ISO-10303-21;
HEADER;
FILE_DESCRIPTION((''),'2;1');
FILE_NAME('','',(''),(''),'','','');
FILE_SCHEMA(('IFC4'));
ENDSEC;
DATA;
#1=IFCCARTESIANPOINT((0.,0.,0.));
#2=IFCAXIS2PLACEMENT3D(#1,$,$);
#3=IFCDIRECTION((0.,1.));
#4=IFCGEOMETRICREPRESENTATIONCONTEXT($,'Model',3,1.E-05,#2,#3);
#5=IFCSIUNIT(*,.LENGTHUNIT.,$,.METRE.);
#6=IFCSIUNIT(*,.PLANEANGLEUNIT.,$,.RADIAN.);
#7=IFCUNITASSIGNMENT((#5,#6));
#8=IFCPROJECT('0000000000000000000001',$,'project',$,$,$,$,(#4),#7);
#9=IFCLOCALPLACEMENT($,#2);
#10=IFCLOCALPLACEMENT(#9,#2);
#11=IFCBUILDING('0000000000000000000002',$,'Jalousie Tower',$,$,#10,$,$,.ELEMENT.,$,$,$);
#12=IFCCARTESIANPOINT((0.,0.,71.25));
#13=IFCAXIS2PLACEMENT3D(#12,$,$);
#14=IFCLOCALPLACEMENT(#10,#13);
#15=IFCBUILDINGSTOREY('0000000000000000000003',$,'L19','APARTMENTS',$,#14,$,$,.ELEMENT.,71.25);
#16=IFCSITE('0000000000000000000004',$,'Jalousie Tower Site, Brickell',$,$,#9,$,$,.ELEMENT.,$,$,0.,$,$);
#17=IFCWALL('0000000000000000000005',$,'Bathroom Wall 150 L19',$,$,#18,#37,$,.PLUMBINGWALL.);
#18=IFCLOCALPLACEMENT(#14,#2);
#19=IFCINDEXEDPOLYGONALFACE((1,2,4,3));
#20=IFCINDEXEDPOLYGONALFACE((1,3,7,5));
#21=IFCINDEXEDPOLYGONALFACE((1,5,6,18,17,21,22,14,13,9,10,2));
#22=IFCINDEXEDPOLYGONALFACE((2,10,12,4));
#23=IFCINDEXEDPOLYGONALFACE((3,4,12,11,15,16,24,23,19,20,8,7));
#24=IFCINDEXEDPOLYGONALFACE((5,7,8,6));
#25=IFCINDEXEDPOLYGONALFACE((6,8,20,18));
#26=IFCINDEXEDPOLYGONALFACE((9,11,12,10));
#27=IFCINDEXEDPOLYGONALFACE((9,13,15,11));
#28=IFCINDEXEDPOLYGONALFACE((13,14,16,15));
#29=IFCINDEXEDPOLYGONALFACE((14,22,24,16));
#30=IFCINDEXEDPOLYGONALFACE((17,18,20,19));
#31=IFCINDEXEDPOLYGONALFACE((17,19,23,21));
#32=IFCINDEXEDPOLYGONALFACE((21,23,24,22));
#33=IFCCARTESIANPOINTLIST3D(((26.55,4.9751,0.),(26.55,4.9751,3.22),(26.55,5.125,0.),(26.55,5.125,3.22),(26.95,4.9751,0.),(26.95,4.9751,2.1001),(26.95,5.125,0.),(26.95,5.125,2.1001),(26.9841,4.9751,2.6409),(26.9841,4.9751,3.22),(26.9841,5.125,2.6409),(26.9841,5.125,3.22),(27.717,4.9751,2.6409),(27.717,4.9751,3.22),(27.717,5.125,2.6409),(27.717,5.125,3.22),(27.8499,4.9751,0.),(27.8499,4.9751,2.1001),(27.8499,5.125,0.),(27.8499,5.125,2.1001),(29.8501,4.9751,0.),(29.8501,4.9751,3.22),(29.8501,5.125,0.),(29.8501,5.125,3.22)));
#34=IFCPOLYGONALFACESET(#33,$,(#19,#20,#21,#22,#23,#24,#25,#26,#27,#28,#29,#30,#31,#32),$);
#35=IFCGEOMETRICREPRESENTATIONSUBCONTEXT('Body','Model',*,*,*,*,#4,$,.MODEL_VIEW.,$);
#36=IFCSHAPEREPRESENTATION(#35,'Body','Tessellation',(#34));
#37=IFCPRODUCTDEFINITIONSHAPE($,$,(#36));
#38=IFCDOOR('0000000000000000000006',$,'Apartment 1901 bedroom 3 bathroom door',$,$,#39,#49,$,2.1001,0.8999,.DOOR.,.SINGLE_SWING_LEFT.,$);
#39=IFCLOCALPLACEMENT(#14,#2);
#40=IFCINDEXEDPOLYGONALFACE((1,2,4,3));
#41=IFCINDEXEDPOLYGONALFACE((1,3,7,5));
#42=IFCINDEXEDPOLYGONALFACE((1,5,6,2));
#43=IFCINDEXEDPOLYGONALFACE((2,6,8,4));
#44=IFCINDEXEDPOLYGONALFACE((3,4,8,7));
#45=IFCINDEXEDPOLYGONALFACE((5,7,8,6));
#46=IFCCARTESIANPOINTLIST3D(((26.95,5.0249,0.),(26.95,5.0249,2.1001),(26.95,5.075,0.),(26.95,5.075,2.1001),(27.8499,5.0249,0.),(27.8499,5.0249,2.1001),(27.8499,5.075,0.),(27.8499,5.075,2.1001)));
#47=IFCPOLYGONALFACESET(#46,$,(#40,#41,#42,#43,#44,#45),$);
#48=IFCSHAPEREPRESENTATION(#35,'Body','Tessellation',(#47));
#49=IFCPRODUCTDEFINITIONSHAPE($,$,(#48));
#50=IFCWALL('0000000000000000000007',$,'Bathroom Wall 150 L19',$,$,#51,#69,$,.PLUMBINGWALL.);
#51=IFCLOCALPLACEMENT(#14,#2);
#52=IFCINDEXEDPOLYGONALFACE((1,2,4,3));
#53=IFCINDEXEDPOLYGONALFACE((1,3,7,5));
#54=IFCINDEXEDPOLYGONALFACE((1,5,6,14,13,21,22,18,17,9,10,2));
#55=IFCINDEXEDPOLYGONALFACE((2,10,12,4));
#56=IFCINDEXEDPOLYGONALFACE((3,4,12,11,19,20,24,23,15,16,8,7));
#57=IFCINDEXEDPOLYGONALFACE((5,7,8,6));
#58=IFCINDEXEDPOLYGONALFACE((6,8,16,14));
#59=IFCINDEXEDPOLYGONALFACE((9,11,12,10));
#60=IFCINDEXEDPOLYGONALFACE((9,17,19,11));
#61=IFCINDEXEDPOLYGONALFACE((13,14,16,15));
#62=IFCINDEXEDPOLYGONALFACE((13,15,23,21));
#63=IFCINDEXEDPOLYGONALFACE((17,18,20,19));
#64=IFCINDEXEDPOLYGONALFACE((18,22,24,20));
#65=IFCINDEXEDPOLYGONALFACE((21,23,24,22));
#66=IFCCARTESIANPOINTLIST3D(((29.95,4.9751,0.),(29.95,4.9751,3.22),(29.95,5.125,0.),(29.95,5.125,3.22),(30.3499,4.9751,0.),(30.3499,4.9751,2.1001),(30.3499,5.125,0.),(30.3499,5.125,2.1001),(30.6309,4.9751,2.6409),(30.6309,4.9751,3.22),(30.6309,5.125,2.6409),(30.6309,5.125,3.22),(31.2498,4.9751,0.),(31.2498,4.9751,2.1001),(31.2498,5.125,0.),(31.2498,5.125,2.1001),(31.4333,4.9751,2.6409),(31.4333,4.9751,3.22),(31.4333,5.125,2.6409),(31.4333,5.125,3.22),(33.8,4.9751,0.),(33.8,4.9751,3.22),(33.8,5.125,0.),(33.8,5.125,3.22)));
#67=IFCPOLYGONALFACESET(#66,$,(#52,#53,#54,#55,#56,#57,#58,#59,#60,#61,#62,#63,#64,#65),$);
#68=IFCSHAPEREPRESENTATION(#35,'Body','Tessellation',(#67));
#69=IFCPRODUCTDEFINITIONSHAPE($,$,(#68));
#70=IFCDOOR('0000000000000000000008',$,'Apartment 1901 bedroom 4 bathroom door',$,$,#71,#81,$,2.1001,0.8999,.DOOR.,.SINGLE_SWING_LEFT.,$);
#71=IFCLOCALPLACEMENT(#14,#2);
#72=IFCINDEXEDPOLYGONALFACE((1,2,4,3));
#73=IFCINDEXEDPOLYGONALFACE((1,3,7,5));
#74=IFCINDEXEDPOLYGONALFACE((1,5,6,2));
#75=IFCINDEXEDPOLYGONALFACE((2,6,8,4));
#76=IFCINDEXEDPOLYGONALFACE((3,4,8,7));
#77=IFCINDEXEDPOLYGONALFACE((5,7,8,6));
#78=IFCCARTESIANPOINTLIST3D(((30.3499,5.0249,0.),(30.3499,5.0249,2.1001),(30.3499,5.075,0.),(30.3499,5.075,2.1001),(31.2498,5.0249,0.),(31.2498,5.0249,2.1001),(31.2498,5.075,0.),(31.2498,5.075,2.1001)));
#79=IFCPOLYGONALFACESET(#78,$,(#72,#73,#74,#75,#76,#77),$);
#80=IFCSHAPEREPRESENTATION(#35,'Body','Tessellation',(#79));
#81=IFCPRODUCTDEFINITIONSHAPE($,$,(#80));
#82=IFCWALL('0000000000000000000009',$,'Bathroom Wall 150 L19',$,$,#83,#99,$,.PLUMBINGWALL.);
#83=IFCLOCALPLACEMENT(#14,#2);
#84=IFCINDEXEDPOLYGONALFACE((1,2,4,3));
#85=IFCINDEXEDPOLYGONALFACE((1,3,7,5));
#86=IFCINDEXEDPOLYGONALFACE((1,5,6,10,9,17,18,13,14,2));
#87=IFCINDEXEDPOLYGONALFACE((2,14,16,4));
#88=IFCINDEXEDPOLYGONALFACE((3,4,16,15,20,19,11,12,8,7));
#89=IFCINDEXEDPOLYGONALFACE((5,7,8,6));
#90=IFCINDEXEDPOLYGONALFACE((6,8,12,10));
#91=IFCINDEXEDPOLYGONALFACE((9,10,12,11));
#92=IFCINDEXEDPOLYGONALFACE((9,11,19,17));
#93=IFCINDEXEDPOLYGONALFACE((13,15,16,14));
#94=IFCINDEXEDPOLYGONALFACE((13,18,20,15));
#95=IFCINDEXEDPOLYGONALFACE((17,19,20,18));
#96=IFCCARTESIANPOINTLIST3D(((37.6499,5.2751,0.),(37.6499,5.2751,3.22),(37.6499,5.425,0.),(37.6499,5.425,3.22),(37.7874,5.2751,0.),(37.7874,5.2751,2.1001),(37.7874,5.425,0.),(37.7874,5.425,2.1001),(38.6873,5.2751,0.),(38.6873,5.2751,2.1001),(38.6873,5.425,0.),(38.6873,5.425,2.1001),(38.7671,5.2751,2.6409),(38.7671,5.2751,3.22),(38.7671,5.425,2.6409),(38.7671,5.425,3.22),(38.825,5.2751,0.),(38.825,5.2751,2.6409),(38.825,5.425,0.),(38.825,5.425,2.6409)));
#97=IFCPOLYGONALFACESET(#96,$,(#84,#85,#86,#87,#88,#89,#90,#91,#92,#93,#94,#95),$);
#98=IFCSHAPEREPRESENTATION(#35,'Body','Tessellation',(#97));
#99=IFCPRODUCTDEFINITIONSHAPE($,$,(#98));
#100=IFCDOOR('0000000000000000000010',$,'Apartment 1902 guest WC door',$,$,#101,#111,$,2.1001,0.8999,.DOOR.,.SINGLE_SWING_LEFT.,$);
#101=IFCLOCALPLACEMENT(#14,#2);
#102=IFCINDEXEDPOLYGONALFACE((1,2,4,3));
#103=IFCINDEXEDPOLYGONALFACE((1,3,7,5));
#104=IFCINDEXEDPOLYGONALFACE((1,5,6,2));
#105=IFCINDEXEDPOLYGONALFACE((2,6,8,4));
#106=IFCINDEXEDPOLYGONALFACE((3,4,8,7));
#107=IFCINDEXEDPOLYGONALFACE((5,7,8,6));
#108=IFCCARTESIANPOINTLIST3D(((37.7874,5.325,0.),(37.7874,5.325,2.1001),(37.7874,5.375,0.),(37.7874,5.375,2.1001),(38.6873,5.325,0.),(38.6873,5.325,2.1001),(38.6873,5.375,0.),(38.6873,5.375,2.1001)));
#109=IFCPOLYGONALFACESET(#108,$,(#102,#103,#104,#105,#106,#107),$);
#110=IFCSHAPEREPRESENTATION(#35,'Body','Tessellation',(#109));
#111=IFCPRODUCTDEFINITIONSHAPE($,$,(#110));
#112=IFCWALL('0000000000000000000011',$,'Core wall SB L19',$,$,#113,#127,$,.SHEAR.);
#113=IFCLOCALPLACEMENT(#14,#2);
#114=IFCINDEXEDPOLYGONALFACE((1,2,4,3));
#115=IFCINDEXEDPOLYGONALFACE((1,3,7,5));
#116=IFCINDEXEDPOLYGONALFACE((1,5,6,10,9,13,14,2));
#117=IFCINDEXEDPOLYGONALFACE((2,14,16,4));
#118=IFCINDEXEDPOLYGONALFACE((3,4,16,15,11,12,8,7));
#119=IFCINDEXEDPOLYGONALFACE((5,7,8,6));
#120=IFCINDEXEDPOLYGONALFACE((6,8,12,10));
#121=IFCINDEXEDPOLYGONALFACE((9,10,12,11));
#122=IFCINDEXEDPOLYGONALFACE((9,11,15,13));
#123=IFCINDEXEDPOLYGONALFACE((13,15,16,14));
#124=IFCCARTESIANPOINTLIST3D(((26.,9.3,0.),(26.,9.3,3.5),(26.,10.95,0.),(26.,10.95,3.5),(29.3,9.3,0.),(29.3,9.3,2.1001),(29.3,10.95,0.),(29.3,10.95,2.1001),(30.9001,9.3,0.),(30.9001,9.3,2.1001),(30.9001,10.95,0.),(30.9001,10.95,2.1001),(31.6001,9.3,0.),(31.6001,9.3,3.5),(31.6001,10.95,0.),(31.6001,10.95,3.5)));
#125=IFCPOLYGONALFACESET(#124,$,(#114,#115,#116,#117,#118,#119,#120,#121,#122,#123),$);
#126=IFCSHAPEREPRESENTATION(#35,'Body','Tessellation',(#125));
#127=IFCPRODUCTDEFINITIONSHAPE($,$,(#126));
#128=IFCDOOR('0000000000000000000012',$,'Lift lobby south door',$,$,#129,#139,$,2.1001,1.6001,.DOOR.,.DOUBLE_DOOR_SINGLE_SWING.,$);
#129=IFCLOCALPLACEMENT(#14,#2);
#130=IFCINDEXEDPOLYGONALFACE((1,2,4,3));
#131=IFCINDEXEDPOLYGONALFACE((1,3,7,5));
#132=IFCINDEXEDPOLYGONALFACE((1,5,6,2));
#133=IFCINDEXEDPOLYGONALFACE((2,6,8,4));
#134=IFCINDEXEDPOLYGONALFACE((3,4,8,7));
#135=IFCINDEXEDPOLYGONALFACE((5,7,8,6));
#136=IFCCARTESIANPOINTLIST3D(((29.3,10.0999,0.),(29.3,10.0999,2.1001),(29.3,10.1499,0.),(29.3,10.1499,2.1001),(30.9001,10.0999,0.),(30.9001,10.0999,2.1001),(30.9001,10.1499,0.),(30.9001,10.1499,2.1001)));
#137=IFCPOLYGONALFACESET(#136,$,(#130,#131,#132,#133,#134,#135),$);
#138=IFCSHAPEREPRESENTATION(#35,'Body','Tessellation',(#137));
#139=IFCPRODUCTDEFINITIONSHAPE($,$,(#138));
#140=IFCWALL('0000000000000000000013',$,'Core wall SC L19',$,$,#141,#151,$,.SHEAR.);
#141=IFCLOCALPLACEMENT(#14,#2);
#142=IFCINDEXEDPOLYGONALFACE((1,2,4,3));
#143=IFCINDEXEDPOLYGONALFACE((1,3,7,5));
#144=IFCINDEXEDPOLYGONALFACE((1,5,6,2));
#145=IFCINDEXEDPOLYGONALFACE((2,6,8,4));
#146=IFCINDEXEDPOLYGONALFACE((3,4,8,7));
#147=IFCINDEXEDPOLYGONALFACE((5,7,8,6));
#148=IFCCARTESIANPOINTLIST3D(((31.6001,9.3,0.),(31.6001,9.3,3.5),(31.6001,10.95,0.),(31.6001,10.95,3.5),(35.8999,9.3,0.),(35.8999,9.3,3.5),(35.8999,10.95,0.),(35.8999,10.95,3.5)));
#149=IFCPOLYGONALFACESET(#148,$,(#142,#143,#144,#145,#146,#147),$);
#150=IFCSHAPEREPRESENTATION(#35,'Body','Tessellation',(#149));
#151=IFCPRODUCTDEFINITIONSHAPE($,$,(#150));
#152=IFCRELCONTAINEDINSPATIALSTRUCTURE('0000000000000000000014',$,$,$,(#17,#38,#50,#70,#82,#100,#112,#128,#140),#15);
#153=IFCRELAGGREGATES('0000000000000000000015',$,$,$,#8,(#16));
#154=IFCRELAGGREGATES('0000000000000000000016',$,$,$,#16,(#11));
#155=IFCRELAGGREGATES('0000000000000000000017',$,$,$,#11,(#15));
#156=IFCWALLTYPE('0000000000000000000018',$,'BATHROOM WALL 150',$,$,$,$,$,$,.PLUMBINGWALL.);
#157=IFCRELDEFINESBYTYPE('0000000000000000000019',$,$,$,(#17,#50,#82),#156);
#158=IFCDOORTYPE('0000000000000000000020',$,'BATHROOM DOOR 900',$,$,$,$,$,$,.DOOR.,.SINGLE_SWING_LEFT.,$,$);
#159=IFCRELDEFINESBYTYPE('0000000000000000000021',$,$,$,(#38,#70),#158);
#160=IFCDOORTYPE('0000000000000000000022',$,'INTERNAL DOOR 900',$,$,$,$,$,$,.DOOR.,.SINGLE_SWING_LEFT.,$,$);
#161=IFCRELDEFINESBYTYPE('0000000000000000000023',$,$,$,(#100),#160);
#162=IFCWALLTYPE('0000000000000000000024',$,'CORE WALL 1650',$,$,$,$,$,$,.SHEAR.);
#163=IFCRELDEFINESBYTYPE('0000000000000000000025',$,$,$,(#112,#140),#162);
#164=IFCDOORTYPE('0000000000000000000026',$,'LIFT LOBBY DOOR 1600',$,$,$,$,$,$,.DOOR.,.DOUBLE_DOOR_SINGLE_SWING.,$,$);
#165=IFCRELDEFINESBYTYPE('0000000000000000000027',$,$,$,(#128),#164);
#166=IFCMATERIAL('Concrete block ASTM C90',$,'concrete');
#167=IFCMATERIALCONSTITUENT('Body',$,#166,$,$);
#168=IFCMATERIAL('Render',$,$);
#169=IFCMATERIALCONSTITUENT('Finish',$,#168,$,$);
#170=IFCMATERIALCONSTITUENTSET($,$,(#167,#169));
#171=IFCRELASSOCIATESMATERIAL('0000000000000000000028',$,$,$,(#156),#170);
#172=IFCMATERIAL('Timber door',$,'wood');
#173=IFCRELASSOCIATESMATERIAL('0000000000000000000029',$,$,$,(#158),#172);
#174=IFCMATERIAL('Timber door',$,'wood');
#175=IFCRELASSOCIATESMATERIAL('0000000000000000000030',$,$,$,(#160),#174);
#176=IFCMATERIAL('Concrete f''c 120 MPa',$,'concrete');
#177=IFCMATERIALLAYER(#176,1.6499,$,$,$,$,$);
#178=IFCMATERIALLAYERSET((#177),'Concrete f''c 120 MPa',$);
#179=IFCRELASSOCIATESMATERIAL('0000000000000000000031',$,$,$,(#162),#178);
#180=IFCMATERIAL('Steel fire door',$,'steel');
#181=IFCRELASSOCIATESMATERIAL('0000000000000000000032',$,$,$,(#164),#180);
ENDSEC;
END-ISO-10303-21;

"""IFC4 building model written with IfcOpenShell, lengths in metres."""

from ifc_helpers import new_model, si_unit, direction, frame, frame_2d, origin, place, context, subcontext, project, spatial, polyline, rectangle, outline, extrude, material, layer, layer_set, constituent, constituent_set, type_object, element, fill, save


model = new_model("IFC4")

# Units and contexts
model_context = context("Model", 3, precision=1e-05, world=origin(), true_north=direction((0.0, 1.0)))
body_context = subcontext(model_context, "Body", "Model", "MODEL_VIEW")
ifc_project = project(units=[si_unit("LENGTHUNIT", "METRE"), si_unit("PLANEANGLEUNIT", "RADIAN")], contexts=[model_context])

# Site, building, storey
site_placement = place(None, origin())
site = spatial("IfcSite", under=ifc_project, at=site_placement, Name="Jalousie Tower Site, Brickell", CompositionType="ELEMENT", RefElevation=0.0)
building_placement = place(site_placement, origin())
building = spatial("IfcBuilding", under=site, at=building_placement, Name="Jalousie Tower", CompositionType="ELEMENT")
storey_placement = place(building_placement, frame((0.0, 0.0, 71.25)))
storey = spatial("IfcBuildingStorey", under=building, at=storey_placement, Name="L19", Description="APARTMENTS", CompositionType="ELEMENT", Elevation=71.25)

# Walls, openings, doors
ifc_material_1 = material(Name="Concrete block ASTM C90", Category="concrete")
ifc_constituent_1 = constituent(ifc_material_1, Name="Body")
ifc_material_2 = material(Name="Render")
ifc_constituent_2 = constituent(ifc_material_2, Name="Finish")
ifc_constituent_set_1 = constituent_set(constituents=[ifc_constituent_1, ifc_constituent_2])
wall_type_1 = type_object("IfcWallType", Name="BATHROOM WALL 150", PredefinedType="PLUMBINGWALL", material=ifc_constituent_set_1)
wall_1_placement = place(storey_placement, frame((26.55, 5.05, 0.0), z_axis=(0.0, 0.0, 1.0), x_axis=(1.0, 0.0, 0.0)))
wall_1 = element("IfcWall", 1, at=wall_1_placement, inside=storey, type_object=wall_type_1, Name="Bathroom Wall 150 L19", PredefinedType="PLUMBINGWALL", context=body_context, shape_type="SweptSolid", body=[
    extrude(outline(polyline([(0.0, 0.0), (3.3, 0.0), (3.3, 3.22), (1.167, 3.22), (1.167, 2.6409), (0.4341, 2.6409), (0.4341, 3.22), (0.0, 3.22), (0.0, 0.0)])), frame((0.0, 0.075, 0.0), z_axis=(0.0, -1.0, 0.0), x_axis=(1.0, 0.0, 0.0)), (0.0, 0.0, 1.0), 0.1499),
])
opening_1_placement = place(wall_1_placement, frame((0.3999, 0.0, 0.0)))
opening_1 = element("IfcOpeningElement", 2, at=opening_1_placement, cuts=wall_1, PredefinedType="OPENING", context=body_context, shape_type="SweptSolid", body=[
    extrude(rectangle(XDim=0.8999, YDim=2.1001, at=frame_2d((0.45, 1.05))), frame((0.0, 0.085, 0.0), z_axis=(0.0, -1.0, 0.0), x_axis=(1.0, 0.0, 0.0)), (0.0, 0.0, 1.0), 0.1699),
])
ifc_material_3 = material(Name="Timber door", Category="wood")
door_type_1 = type_object("IfcDoorType", Name="BATHROOM DOOR 900", OperationType="SINGLE_SWING_LEFT", PredefinedType="DOOR", material=ifc_material_3)
door_1_placement = place(opening_1_placement, origin())
door_1 = element("IfcDoor", 3, at=door_1_placement, inside=storey, type_object=door_type_1, Name="Apartment 1901 bedroom 3 bathroom door", OperationType="SINGLE_SWING_LEFT", OverallHeight=2.1001, OverallWidth=0.8999, PredefinedType="DOOR", context=body_context, shape_type="SweptSolid", body=[
    extrude(rectangle(XDim=0.8999, YDim=2.1001, at=frame_2d((0.45, 1.05))), frame((0.0, 0.0249, 0.0), z_axis=(0.0, -1.0, 0.0), x_axis=(1.0, 0.0, 0.0)), (0.0, 0.0, 1.0), 0.05),
])
fill(opening_1, door_1)
wall_2_placement = place(storey_placement, frame((29.95, 5.05, 0.0), z_axis=(0.0, 0.0, 1.0), x_axis=(1.0, 0.0, 0.0)))
wall_2 = element("IfcWall", 4, at=wall_2_placement, inside=storey, type_object=wall_type_1, Name="Bathroom Wall 150 L19", PredefinedType="PLUMBINGWALL", context=body_context, shape_type="SweptSolid", body=[
    extrude(outline(polyline([(0.0, 0.0), (3.8501, 0.0), (3.8501, 3.22), (1.4834, 3.22), (1.4834, 2.6409), (0.6809, 2.6409), (0.6809, 3.22), (0.0, 3.22), (0.0, 0.0)])), frame((0.0, 0.075, 0.0), z_axis=(0.0, -1.0, 0.0), x_axis=(1.0, 0.0, 0.0)), (0.0, 0.0, 1.0), 0.1499),
])
opening_2_placement = place(wall_2_placement, frame((0.3999, 0.0, 0.0)))
opening_2 = element("IfcOpeningElement", 5, at=opening_2_placement, cuts=wall_2, PredefinedType="OPENING", context=body_context, shape_type="SweptSolid", body=[
    extrude(rectangle(XDim=0.8999, YDim=2.1001, at=frame_2d((0.45, 1.05))), frame((0.0, 0.085, 0.0), z_axis=(0.0, -1.0, 0.0), x_axis=(1.0, 0.0, 0.0)), (0.0, 0.0, 1.0), 0.1699),
])
door_2_placement = place(opening_2_placement, origin())
door_2 = element("IfcDoor", 6, at=door_2_placement, inside=storey, type_object=door_type_1, Name="Apartment 1901 bedroom 4 bathroom door", OperationType="SINGLE_SWING_LEFT", OverallHeight=2.1001, OverallWidth=0.8999, PredefinedType="DOOR", context=body_context, shape_type="SweptSolid", body=[
    extrude(rectangle(XDim=0.8999, YDim=2.1001, at=frame_2d((0.45, 1.05))), frame((0.0, 0.0249, 0.0), z_axis=(0.0, -1.0, 0.0), x_axis=(1.0, 0.0, 0.0)), (0.0, 0.0, 1.0), 0.05),
])
fill(opening_2, door_2)
wall_3_placement = place(storey_placement, frame((37.6499, 5.3501, 0.0), z_axis=(0.0, 0.0, 1.0), x_axis=(1.0, 0.0, 0.0)))
wall_3 = element("IfcWall", 7, at=wall_3_placement, inside=storey, type_object=wall_type_1, Name="Bathroom Wall 150 L19", PredefinedType="PLUMBINGWALL", context=body_context, shape_type="SweptSolid", body=[
    extrude(outline(polyline([(0.0, 0.0), (1.175, 0.0), (1.175, 2.6409), (1.1172, 2.6409), (1.1172, 3.22), (0.0, 3.22), (0.0, 0.0)])), frame((0.0, 0.075, 0.0), z_axis=(0.0, -1.0, 0.0), x_axis=(1.0, 0.0, 0.0)), (0.0, 0.0, 1.0), 0.1499),
])
opening_3_placement = place(wall_3_placement, frame((0.1375, 0.0, 0.0)))
opening_3 = element("IfcOpeningElement", 8, at=opening_3_placement, cuts=wall_3, PredefinedType="OPENING", context=body_context, shape_type="SweptSolid", body=[
    extrude(rectangle(XDim=0.8999, YDim=2.1001, at=frame_2d((0.45, 1.05))), frame((0.0, 0.085, 0.0), z_axis=(0.0, -1.0, 0.0), x_axis=(1.0, 0.0, 0.0)), (0.0, 0.0, 1.0), 0.1699),
])
ifc_material_4 = material(Name="Timber door", Category="wood")
door_type_2 = type_object("IfcDoorType", Name="INTERNAL DOOR 900", OperationType="SINGLE_SWING_LEFT", PredefinedType="DOOR", material=ifc_material_4)
door_3_placement = place(opening_3_placement, origin())
door_3 = element("IfcDoor", 9, at=door_3_placement, inside=storey, type_object=door_type_2, Name="Apartment 1902 guest WC door", OperationType="SINGLE_SWING_LEFT", OverallHeight=2.1001, OverallWidth=0.8999, PredefinedType="DOOR", context=body_context, shape_type="SweptSolid", body=[
    extrude(rectangle(XDim=0.8999, YDim=2.1001, at=frame_2d((0.45, 1.05))), frame((0.0, 0.0249, 0.0), z_axis=(0.0, -1.0, 0.0), x_axis=(1.0, 0.0, 0.0)), (0.0, 0.0, 1.0), 0.05),
])
fill(opening_3, door_3)
ifc_material_5 = material(Name="Concrete f'c 120 MPa", Category="concrete")
ifc_layer_1 = layer(ifc_material_5, 1.6499)
ifc_layer_set_1 = layer_set([ifc_layer_1], Name="Concrete f'c 120 MPa")
wall_type_2 = type_object("IfcWallType", Name="CORE WALL 1650", PredefinedType="SHEAR", material=ifc_layer_set_1)
wall_4_placement = place(storey_placement, frame((26.0, 10.125, 0.0), z_axis=(0.0, 0.0, 1.0), x_axis=(1.0, 0.0, 0.0)))
wall_4 = element("IfcWall", 10, at=wall_4_placement, inside=storey, type_object=wall_type_2, Name="Core wall SB L19", PredefinedType="SHEAR", context=body_context, shape_type="SweptSolid", body=[
    extrude(rectangle(XDim=5.6001, YDim=1.6499, at=frame_2d((2.8, 0.0))), origin(), (0.0, 0.0, 1.0), 3.5),
])
opening_4_placement = place(wall_4_placement, frame((3.3, 0.0, 0.0)))
opening_4 = element("IfcOpeningElement", 11, at=opening_4_placement, cuts=wall_4, PredefinedType="OPENING", context=body_context, shape_type="SweptSolid", body=[
    extrude(rectangle(XDim=1.6001, YDim=2.1001, at=frame_2d((0.8, 1.05))), frame((0.0, 0.835, 0.0), z_axis=(0.0, -1.0, 0.0), x_axis=(1.0, 0.0, 0.0)), (0.0, 0.0, 1.0), 1.6699),
])
ifc_material_6 = material(Name="Steel fire door", Category="steel")
door_type_3 = type_object("IfcDoorType", Name="LIFT LOBBY DOOR 1600", OperationType="DOUBLE_DOOR_SINGLE_SWING", PredefinedType="DOOR", material=ifc_material_6)
door_4_placement = place(opening_4_placement, origin())
door_4 = element("IfcDoor", 12, at=door_4_placement, inside=storey, type_object=door_type_3, Name="Lift lobby south door", OperationType="DOUBLE_DOOR_SINGLE_SWING", OverallHeight=2.1001, OverallWidth=1.6001, PredefinedType="DOOR", context=body_context, shape_type="SweptSolid", body=[
    extrude(rectangle(XDim=1.6001, YDim=2.1001, at=frame_2d((0.8, 1.05))), frame((0.0, 0.0249, 0.0), z_axis=(0.0, -1.0, 0.0), x_axis=(1.0, 0.0, 0.0)), (0.0, 0.0, 1.0), 0.05),
])
fill(opening_4, door_4)

# Wall
wall_5_placement = place(storey_placement, frame((31.6001, 10.125, 0.0), z_axis=(0.0, 0.0, 1.0), x_axis=(1.0, 0.0, 0.0)))
element("IfcWall", 13, at=wall_5_placement, inside=storey, type_object=wall_type_2, Name="Core wall SC L19", PredefinedType="SHEAR", context=body_context, shape_type="SweptSolid", body=[
    extrude(rectangle(XDim=4.2998, YDim=1.6499, at=frame_2d((2.1499, 0.0))), origin(), (0.0, 0.0, 1.0), 3.5),
])

save(model, "model.ifc")
